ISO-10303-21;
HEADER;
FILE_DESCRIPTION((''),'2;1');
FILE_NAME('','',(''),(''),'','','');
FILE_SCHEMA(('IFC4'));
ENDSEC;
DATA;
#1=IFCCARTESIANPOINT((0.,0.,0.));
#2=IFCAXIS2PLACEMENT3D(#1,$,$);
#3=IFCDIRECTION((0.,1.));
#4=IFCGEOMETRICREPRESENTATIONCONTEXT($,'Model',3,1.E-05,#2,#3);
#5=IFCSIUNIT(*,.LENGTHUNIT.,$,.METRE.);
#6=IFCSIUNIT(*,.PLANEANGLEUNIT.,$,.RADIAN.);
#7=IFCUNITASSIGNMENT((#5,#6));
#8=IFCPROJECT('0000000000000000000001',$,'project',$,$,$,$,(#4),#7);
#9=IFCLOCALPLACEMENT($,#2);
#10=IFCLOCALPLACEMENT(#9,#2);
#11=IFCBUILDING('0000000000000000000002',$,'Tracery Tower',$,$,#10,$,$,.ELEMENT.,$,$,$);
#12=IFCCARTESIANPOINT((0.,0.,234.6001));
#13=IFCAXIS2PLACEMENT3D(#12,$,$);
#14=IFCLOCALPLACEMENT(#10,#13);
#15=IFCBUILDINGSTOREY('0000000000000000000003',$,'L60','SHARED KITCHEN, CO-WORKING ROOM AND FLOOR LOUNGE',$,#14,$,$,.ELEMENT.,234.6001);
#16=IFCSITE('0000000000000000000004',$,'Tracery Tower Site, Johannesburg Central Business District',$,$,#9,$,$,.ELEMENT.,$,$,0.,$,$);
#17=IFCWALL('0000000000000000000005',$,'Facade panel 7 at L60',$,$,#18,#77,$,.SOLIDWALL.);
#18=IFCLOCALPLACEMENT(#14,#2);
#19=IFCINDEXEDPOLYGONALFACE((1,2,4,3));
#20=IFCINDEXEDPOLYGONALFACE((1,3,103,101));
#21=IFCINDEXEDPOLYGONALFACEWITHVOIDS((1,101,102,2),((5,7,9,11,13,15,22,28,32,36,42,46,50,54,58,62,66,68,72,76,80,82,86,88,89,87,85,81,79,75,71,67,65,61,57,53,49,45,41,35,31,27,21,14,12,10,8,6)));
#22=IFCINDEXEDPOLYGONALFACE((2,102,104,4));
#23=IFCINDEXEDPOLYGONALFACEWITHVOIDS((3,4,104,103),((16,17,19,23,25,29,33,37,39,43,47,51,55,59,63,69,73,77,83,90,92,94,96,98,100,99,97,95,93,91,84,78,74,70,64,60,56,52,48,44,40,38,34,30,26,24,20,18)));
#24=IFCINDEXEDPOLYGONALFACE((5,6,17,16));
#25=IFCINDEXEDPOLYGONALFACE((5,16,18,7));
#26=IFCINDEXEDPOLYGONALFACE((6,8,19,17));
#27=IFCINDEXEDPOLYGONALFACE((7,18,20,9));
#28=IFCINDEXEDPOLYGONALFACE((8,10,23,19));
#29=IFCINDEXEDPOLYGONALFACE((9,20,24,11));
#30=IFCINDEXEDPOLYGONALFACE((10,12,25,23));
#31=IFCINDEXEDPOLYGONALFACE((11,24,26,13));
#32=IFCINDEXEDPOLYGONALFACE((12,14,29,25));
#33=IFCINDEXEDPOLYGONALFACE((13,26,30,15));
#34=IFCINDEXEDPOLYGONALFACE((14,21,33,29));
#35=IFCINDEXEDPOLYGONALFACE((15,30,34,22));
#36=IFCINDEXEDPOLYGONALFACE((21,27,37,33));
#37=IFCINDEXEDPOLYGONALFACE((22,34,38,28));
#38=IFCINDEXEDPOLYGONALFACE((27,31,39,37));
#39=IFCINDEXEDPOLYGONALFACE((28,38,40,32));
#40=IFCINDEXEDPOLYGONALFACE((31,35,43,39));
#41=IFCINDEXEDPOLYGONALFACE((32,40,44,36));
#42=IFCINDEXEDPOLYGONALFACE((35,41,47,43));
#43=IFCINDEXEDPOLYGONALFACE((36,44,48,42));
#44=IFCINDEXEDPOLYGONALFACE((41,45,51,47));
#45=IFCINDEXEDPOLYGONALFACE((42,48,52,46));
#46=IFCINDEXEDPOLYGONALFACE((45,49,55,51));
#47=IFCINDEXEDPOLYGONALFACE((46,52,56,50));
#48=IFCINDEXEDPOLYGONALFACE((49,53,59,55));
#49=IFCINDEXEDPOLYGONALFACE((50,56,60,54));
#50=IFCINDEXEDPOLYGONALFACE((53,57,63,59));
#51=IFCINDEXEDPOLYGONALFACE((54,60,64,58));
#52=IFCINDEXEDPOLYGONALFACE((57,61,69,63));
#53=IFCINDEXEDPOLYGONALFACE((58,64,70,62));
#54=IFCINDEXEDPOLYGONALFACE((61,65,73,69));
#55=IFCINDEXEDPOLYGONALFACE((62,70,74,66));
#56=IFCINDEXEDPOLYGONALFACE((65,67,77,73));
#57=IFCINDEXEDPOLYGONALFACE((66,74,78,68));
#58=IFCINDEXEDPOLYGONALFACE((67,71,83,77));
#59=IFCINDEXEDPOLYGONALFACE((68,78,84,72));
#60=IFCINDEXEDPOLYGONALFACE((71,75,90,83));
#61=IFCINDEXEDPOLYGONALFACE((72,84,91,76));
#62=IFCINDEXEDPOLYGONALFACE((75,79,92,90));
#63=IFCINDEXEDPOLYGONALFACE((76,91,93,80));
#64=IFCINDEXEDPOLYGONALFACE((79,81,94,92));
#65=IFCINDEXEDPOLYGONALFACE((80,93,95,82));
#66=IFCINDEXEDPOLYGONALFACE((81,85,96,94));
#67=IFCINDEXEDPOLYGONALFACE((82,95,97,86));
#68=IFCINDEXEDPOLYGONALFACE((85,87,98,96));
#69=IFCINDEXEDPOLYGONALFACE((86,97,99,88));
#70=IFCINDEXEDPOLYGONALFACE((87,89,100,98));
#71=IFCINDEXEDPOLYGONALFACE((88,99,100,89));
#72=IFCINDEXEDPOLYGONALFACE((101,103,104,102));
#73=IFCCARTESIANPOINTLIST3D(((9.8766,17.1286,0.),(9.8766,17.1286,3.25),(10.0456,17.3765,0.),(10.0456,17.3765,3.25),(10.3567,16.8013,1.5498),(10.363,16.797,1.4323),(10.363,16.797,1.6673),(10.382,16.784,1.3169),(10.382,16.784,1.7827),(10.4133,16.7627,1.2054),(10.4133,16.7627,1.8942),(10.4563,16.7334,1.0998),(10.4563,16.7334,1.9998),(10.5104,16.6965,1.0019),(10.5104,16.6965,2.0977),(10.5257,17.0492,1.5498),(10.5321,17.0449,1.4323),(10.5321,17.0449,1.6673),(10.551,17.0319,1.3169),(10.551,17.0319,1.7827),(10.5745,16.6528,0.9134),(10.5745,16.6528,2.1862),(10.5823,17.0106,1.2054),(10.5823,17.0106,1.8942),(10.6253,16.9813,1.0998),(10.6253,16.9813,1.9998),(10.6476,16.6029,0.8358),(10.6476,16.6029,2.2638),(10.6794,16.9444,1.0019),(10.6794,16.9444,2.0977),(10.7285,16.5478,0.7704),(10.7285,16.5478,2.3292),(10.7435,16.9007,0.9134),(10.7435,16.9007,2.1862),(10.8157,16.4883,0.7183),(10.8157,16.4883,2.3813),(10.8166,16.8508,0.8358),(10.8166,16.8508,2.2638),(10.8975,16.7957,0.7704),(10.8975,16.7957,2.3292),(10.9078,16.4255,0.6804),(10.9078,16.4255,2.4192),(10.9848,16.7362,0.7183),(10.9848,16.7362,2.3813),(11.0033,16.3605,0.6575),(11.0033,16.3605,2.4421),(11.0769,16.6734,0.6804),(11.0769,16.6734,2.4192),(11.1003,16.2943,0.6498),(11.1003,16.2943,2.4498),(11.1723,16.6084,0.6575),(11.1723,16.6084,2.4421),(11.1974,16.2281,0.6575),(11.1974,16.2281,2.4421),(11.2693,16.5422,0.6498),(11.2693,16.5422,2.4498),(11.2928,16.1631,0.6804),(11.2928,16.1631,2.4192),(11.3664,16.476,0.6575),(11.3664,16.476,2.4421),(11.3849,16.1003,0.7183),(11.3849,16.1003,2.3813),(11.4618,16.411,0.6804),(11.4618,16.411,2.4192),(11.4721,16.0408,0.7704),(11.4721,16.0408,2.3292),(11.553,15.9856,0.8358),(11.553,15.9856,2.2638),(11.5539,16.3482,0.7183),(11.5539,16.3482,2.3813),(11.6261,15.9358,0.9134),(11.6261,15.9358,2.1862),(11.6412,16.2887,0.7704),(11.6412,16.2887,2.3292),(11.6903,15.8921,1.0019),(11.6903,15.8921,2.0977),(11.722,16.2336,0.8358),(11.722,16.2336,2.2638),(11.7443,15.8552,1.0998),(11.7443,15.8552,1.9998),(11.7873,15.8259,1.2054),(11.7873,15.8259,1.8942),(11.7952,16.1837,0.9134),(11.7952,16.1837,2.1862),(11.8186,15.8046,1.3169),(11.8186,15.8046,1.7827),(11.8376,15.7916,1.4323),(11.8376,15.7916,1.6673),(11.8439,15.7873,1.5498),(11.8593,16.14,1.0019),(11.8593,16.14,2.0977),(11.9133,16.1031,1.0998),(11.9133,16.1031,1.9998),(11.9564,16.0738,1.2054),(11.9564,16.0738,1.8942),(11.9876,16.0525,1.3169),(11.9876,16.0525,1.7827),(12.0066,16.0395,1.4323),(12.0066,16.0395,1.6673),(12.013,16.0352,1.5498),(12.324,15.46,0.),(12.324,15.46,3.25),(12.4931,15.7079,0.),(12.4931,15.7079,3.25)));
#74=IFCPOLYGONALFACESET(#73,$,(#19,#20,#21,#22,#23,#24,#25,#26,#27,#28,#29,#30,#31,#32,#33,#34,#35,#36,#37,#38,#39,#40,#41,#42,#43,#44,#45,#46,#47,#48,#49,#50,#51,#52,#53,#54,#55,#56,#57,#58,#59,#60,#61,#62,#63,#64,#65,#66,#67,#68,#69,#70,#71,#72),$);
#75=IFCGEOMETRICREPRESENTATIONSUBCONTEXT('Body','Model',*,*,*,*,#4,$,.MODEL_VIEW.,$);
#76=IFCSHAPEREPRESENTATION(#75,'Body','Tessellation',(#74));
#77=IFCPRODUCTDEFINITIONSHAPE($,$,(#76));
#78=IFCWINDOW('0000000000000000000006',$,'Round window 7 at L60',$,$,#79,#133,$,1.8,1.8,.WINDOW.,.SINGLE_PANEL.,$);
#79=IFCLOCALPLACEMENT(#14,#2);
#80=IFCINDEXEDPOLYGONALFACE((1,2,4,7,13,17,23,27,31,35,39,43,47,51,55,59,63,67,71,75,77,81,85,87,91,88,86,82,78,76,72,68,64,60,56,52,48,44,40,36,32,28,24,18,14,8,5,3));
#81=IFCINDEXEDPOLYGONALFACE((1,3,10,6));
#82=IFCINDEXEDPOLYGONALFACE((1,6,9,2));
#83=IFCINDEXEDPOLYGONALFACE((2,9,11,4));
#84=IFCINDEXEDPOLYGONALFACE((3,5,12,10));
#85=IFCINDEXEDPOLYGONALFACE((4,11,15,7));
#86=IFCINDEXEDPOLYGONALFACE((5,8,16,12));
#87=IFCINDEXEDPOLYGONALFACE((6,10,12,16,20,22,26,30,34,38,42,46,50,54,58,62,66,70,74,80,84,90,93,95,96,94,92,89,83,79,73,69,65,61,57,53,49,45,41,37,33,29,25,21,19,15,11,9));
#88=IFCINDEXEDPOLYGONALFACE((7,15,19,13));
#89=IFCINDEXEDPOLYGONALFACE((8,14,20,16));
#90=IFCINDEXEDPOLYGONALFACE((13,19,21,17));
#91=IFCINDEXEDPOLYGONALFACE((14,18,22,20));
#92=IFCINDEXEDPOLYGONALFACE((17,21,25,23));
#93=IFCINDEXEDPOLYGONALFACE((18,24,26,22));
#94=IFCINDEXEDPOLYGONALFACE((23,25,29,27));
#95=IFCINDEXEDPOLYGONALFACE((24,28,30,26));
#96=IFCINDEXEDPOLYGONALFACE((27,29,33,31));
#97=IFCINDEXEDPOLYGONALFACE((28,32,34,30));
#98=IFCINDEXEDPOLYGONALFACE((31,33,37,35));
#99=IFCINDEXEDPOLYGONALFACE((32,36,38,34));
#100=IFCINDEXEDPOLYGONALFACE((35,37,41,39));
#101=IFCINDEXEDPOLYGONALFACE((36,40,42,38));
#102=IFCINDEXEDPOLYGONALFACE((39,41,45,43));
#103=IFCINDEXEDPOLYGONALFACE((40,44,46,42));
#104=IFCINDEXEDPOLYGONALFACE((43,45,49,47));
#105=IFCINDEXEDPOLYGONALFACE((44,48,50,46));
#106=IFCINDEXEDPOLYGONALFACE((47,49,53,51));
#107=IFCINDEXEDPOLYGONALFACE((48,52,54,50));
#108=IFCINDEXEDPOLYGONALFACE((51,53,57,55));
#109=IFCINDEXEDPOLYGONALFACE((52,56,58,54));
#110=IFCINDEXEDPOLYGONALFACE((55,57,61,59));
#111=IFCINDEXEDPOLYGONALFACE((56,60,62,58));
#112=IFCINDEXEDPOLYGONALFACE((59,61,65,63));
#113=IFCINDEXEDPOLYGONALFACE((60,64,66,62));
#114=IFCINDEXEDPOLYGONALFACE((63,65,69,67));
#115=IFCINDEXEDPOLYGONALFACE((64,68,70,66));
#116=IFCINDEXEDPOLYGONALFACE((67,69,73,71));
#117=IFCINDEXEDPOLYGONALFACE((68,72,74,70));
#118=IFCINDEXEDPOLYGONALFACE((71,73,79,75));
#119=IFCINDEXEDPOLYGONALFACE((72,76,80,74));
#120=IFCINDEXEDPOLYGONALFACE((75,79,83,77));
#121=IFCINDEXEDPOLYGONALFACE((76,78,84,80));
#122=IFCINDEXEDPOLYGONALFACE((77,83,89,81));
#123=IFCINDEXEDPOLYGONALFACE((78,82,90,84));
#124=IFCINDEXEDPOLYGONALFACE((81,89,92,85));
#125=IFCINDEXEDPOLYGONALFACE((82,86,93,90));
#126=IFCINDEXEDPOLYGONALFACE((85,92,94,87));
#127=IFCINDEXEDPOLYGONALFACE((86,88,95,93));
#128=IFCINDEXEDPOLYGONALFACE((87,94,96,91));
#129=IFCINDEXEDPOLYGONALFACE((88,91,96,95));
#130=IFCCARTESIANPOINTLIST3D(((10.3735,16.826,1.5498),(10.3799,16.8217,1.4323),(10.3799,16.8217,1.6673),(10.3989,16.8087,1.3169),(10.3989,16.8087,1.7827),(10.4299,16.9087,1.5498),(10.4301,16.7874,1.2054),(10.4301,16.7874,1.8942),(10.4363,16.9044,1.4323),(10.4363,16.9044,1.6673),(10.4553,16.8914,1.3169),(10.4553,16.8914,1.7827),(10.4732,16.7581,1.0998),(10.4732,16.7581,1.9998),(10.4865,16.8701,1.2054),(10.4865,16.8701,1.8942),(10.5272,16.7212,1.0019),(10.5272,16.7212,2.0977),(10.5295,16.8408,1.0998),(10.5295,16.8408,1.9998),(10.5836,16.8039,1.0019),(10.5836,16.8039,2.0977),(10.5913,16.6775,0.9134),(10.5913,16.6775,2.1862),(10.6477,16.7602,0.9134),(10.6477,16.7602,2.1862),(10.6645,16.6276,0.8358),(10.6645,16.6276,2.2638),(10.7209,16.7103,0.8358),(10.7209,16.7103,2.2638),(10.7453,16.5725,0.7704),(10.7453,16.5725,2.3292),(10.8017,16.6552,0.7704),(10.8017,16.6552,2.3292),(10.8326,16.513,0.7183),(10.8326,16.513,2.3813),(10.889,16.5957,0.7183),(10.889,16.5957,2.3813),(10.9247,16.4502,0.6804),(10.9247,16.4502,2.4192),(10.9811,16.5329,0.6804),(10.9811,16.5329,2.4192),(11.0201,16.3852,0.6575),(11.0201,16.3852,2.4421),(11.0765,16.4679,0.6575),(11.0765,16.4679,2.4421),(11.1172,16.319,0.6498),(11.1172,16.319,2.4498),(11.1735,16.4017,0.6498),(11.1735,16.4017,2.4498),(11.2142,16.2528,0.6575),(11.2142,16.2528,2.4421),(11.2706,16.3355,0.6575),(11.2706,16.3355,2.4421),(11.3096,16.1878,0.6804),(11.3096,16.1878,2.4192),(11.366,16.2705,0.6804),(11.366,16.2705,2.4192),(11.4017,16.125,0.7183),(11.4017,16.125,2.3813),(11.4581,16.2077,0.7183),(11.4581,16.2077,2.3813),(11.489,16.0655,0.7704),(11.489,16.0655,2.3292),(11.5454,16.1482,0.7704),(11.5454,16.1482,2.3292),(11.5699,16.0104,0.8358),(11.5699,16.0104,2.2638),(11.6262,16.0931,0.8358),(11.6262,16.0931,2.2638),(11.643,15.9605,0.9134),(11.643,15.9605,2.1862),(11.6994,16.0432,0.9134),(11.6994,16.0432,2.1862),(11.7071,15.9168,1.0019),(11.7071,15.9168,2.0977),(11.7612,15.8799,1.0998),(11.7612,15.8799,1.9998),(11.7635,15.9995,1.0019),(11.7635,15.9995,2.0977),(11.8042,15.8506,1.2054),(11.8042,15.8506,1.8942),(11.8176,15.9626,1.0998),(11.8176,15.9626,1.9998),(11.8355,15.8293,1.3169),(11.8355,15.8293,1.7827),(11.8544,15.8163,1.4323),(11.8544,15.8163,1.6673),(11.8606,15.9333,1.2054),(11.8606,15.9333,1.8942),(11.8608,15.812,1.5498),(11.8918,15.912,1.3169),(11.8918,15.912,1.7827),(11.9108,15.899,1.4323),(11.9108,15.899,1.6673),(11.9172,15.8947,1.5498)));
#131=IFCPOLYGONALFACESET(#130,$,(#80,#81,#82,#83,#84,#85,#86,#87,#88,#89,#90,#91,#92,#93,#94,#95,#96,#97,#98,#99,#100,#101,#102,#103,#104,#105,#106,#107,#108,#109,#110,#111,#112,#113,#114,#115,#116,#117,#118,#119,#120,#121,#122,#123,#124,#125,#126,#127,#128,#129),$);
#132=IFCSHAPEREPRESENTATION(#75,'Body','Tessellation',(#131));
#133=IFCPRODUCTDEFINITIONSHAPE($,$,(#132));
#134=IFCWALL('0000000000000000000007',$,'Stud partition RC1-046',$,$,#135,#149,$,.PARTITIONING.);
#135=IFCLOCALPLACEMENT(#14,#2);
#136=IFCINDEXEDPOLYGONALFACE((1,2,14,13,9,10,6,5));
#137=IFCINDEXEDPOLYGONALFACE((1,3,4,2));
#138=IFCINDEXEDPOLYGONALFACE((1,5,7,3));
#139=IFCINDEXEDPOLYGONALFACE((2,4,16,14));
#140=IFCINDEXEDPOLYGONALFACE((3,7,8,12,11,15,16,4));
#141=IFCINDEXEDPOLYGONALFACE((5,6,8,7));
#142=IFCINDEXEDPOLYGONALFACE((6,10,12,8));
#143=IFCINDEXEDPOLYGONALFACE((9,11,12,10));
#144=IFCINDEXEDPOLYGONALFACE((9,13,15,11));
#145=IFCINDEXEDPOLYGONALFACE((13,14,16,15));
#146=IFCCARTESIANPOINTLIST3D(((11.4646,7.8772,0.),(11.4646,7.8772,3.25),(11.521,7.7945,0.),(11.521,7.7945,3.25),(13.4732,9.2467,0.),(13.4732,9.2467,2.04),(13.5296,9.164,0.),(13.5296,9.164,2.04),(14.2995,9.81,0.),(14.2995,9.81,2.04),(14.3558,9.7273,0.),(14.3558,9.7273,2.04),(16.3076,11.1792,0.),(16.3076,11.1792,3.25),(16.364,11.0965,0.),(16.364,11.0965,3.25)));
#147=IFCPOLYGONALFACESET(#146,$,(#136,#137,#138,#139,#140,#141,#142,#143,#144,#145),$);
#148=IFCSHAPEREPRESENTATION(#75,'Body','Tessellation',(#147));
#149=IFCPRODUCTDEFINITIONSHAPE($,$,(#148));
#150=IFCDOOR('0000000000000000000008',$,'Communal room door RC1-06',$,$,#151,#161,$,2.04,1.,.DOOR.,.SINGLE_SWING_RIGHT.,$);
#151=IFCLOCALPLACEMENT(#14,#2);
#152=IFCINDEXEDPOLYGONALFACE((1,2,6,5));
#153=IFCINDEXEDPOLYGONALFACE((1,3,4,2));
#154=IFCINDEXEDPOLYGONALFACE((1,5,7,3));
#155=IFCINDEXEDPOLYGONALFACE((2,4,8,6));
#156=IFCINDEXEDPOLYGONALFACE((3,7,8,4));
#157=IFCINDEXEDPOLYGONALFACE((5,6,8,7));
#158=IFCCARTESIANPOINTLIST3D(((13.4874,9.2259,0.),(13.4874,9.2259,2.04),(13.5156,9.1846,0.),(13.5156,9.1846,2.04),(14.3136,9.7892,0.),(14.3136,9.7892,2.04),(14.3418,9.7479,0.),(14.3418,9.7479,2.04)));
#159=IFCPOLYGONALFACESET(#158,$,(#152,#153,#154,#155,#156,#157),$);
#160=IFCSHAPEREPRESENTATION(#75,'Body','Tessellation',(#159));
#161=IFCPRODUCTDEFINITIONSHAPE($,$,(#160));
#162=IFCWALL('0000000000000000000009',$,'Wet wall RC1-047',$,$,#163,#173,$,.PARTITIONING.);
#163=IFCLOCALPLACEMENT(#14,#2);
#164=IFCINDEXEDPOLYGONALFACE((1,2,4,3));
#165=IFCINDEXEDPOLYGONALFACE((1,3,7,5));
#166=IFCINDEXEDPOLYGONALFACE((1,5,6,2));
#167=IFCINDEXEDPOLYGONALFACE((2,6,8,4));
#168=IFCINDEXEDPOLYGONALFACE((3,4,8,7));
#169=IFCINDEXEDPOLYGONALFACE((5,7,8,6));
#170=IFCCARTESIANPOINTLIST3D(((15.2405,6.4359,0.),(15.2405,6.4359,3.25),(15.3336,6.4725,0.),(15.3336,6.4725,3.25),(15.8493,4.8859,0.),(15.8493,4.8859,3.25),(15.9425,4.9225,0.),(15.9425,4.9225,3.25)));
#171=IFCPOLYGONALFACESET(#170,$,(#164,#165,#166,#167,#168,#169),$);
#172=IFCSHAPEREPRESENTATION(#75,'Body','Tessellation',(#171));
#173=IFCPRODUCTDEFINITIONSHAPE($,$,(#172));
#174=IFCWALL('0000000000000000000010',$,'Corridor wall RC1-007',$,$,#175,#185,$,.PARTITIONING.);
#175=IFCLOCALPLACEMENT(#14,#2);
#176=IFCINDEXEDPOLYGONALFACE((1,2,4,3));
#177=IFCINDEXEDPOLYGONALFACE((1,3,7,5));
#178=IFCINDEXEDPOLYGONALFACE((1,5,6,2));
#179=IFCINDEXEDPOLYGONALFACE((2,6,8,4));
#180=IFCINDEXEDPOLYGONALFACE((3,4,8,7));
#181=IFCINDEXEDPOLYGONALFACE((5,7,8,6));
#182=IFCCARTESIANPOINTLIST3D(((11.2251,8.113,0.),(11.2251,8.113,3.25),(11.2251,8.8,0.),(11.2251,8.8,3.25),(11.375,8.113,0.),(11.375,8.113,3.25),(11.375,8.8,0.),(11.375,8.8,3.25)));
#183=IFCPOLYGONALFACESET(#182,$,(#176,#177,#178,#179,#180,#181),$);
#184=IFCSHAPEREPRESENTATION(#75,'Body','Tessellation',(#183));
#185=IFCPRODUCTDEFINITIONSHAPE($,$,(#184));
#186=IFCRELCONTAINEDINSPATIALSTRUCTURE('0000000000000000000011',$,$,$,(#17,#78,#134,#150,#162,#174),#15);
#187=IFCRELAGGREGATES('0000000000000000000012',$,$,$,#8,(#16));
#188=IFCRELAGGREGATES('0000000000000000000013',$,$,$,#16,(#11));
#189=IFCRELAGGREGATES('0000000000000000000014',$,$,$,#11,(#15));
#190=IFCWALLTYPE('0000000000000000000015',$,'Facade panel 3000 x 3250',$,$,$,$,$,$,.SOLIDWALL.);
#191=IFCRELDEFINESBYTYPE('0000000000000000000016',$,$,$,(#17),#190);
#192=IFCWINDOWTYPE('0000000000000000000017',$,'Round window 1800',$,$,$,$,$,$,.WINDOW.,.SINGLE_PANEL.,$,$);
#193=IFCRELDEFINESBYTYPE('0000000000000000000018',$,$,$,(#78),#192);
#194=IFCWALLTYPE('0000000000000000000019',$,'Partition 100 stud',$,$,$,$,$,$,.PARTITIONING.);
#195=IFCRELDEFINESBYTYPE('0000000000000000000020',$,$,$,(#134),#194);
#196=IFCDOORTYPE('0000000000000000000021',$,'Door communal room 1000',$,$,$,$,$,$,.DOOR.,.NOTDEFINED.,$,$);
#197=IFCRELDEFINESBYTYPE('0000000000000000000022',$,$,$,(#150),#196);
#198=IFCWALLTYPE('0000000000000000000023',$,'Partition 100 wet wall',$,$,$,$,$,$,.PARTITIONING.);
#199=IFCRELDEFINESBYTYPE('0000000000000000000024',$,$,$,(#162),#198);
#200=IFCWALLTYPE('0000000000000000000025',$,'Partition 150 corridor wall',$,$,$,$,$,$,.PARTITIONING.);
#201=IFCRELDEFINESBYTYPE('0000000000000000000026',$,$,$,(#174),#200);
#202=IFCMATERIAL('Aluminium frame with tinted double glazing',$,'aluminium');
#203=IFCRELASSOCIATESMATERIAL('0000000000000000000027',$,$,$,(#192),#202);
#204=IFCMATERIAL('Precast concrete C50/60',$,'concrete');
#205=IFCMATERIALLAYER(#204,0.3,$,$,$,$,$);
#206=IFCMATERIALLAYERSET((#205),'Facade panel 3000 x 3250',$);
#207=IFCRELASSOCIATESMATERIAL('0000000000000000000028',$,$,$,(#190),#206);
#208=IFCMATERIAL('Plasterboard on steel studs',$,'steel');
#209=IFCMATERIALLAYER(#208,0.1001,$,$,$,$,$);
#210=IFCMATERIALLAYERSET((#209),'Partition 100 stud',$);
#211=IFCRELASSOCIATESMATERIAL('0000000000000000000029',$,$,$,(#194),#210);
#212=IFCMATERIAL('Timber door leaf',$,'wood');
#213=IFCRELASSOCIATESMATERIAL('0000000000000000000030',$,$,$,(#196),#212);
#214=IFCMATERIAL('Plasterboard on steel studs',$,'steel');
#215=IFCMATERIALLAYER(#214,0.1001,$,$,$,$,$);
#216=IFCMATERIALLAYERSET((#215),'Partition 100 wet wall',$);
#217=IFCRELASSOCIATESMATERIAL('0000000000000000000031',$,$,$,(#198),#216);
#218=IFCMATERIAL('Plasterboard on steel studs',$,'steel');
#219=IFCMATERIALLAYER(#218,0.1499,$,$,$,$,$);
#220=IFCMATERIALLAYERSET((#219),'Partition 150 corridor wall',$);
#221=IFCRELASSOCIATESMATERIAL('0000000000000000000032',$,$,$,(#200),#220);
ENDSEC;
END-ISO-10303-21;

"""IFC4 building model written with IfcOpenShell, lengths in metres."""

from ifc_helpers import new_model, si_unit, direction, frame, frame_2d, origin, origin_2d, place, context, subcontext, project, spatial, rectangle, circle, extrude, material, layer, layer_set, type_object, element, fill, save


model = new_model("IFC4")

# Units and contexts
model_context = context("Model", 3, precision=1e-05, world=origin(), true_north=direction((0.0, 1.0)))
body_context = subcontext(model_context, "Body", "Model", "MODEL_VIEW")
ifc_project = project(units=[si_unit("LENGTHUNIT", "METRE"), si_unit("PLANEANGLEUNIT", "RADIAN")], contexts=[model_context])

# Site, building, storey
site_placement = place(None, origin())
site = spatial("IfcSite", under=ifc_project, at=site_placement, Name="Tracery Tower Site, Johannesburg Central Business District", CompositionType="ELEMENT", RefElevation=0.0)
building_placement = place(site_placement, origin())
building = spatial("IfcBuilding", under=site, at=building_placement, Name="Tracery Tower", CompositionType="ELEMENT")
storey_placement = place(building_placement, frame((0.0, 0.0, 234.6001)))
storey = spatial("IfcBuildingStorey", under=building, at=storey_placement, Name="L60", Description="SHARED KITCHEN, CO-WORKING ROOM AND FLOOR LOUNGE", CompositionType="ELEMENT", Elevation=234.6001)

# Wall, opening, window
ifc_material_1 = material(Name="Aluminium frame with tinted double glazing", Category="aluminium")
window_type = type_object("IfcWindowType", Name="Round window 1800", PartitioningType="SINGLE_PANEL", PredefinedType="WINDOW", material=ifc_material_1)
ifc_material_2 = material(Name="Precast concrete C50/60", Category="concrete")
ifc_layer_1 = layer(ifc_material_2, 0.3)
ifc_layer_set_1 = layer_set([ifc_layer_1], Name="Facade panel 3000 x 3250")
wall_type_1 = type_object("IfcWallType", Name="Facade panel 3000 x 3250", PredefinedType="SOLIDWALL", material=ifc_layer_set_1)
wall_1_placement = place(storey_placement, frame((12.4084, 15.584, 0.0), z_axis=(0.0, 0.0, 1.0), x_axis=(-0.826236, 0.563324, 0.0)))
wall_1 = element("IfcWall", 1, at=wall_1_placement, inside=storey, type_object=wall_type_1, Name="Facade panel 7 at L60", PredefinedType="SOLIDWALL", context=body_context, shape_type="SweptSolid", body=[
    extrude(rectangle(XDim=2.9622, YDim=0.3, at=frame_2d((1.481, 0.0))), origin(), (0.0, 0.0, 1.0), 3.25),
])
opening_1_placement = place(wall_1_placement, frame((1.481, 0.0, 1.5498)))
opening_1 = element("IfcOpeningElement", 2, at=opening_1_placement, cuts=wall_1, PredefinedType="OPENING", context=body_context, shape_type="SweptSolid", body=[
    extrude(circle(Radius=0.9, at=origin_2d()), frame((0.0, 0.1599, 0.0), z_axis=(0.0, -1.0, 0.0), x_axis=(1.0, 0.0, 0.0)), (0.0, 0.0, 1.0), 0.3201),
])
window_1_placement = place(opening_1_placement, origin())
window_1 = element("IfcWindow", 3, at=window_1_placement, inside=storey, type_object=window_type, Name="Round window 7 at L60", OverallHeight=1.8, OverallWidth=1.8, PartitioningType="SINGLE_PANEL", PredefinedType="WINDOW", context=body_context, shape_type="SweptSolid", body=[
    extrude(circle(Radius=0.9, at=origin_2d()), frame((0.0, 0.1201, 0.0), z_axis=(0.0, -1.0, 0.0), x_axis=(1.0, 0.0, 0.0)), (0.0, 0.0, 1.0), 0.1001),
])
fill(opening_1, window_1)

# Wall, opening, door
ifc_material_3 = material(Name="Plasterboard on steel studs", Category="steel")
ifc_layer_2 = layer(ifc_material_3, 0.1001)
ifc_layer_set_2 = layer_set([ifc_layer_2], Name="Partition 100 stud")
wall_type_2 = type_object("IfcWallType", Name="Partition 100 stud", PredefinedType="PARTITIONING", material=ifc_layer_set_2)
wall_2_placement = place(storey_placement, frame((11.4929, 7.8359, 0.0), z_axis=(0.0, 0.0, 1.0), x_axis=(0.826232, 0.56333, 0.0)))
wall_2 = element("IfcWall", 4, at=wall_2_placement, inside=storey, type_object=wall_type_2, Name="Stud partition RC1-046", PredefinedType="PARTITIONING", context=body_context, shape_type="SweptSolid", body=[
    extrude(rectangle(XDim=5.8616, YDim=0.1001, at=frame_2d((2.9307, 0.0))), origin(), (0.0, 0.0, 1.0), 3.25),
])
opening_2_placement = place(wall_2_placement, frame((2.4309, 0.0, 0.0)))
opening_2 = element("IfcOpeningElement", 5, at=opening_2_placement, cuts=wall_2, PredefinedType="OPENING", context=body_context, shape_type="SweptSolid", body=[
    extrude(rectangle(XDim=1.0, YDim=2.04, at=frame_2d((0.5, 1.02))), frame((0.0, 0.05, 0.0), z_axis=(0.0, -1.0, 0.0), x_axis=(1.0, 0.0, 0.0)), (0.0, 0.0, 1.0), 0.1001),
])
ifc_material_4 = material(Name="Timber door leaf", Category="wood")
door_type_1 = type_object("IfcDoorType", Name="Door communal room 1000", OperationType="NOTDEFINED", PredefinedType="DOOR", material=ifc_material_4)
door_1_placement = place(opening_2_placement, origin())
door_1 = element("IfcDoor", 6, at=door_1_placement, inside=storey, type_object=door_type_1, Name="Communal room door RC1-06", OperationType="SINGLE_SWING_RIGHT", OverallHeight=2.04, OverallWidth=1.0, PredefinedType="DOOR", context=body_context, shape_type="SweptSolid", body=[
    extrude(rectangle(XDim=1.0, YDim=2.04, at=frame_2d((0.5, 1.02))), frame((0.0, 0.0249, 0.0), z_axis=(0.0, -1.0, 0.0), x_axis=(1.0, 0.0, 0.0)), (0.0, 0.0, 1.0), 0.05),
])
fill(opening_2, door_1)

# Walls
ifc_material_5 = material(Name="Plasterboard on steel studs", Category="steel")
ifc_layer_3 = layer(ifc_material_5, 0.1001)
ifc_layer_set_3 = layer_set([ifc_layer_3], Name="Partition 100 wet wall")
wall_type_3 = type_object("IfcWallType", Name="Partition 100 wet wall", PredefinedType="PARTITIONING", material=ifc_layer_set_3)
wall_3_placement = place(storey_placement, frame((15.2871, 6.4541, 0.0), z_axis=(0.0, 0.0, 1.0), x_axis=(0.365621, -0.930764, 0.0)))
element("IfcWall", 7, at=wall_3_placement, inside=storey, type_object=wall_type_3, Name="Wet wall RC1-047", PredefinedType="PARTITIONING", context=body_context, shape_type="SweptSolid", body=[
    extrude(rectangle(XDim=1.6653, YDim=0.1001, at=frame_2d((0.8325, 0.0))), origin(), (0.0, 0.0, 1.0), 3.25),
])
ifc_material_6 = material(Name="Plasterboard on steel studs", Category="steel")
ifc_layer_4 = layer(ifc_material_6, 0.1499)
ifc_layer_set_4 = layer_set([ifc_layer_4], Name="Partition 150 corridor wall")
wall_type_4 = type_object("IfcWallType", Name="Partition 150 corridor wall", PredefinedType="PARTITIONING", material=ifc_layer_set_4)
wall_4_placement = place(storey_placement, frame((11.3, 8.113, 0.0), z_axis=(0.0, 0.0, 1.0), x_axis=(0.0, 1.0, 0.0)))
element("IfcWall", 8, at=wall_4_placement, inside=storey, type_object=wall_type_4, Name="Corridor wall RC1-007", PredefinedType="PARTITIONING", context=body_context, shape_type="SweptSolid", body=[
    extrude(rectangle(XDim=0.687, YDim=0.1499, at=frame_2d((0.3435, 0.0))), origin(), (0.0, 0.0, 1.0), 3.25),
])

save(model, "model.ifc")
